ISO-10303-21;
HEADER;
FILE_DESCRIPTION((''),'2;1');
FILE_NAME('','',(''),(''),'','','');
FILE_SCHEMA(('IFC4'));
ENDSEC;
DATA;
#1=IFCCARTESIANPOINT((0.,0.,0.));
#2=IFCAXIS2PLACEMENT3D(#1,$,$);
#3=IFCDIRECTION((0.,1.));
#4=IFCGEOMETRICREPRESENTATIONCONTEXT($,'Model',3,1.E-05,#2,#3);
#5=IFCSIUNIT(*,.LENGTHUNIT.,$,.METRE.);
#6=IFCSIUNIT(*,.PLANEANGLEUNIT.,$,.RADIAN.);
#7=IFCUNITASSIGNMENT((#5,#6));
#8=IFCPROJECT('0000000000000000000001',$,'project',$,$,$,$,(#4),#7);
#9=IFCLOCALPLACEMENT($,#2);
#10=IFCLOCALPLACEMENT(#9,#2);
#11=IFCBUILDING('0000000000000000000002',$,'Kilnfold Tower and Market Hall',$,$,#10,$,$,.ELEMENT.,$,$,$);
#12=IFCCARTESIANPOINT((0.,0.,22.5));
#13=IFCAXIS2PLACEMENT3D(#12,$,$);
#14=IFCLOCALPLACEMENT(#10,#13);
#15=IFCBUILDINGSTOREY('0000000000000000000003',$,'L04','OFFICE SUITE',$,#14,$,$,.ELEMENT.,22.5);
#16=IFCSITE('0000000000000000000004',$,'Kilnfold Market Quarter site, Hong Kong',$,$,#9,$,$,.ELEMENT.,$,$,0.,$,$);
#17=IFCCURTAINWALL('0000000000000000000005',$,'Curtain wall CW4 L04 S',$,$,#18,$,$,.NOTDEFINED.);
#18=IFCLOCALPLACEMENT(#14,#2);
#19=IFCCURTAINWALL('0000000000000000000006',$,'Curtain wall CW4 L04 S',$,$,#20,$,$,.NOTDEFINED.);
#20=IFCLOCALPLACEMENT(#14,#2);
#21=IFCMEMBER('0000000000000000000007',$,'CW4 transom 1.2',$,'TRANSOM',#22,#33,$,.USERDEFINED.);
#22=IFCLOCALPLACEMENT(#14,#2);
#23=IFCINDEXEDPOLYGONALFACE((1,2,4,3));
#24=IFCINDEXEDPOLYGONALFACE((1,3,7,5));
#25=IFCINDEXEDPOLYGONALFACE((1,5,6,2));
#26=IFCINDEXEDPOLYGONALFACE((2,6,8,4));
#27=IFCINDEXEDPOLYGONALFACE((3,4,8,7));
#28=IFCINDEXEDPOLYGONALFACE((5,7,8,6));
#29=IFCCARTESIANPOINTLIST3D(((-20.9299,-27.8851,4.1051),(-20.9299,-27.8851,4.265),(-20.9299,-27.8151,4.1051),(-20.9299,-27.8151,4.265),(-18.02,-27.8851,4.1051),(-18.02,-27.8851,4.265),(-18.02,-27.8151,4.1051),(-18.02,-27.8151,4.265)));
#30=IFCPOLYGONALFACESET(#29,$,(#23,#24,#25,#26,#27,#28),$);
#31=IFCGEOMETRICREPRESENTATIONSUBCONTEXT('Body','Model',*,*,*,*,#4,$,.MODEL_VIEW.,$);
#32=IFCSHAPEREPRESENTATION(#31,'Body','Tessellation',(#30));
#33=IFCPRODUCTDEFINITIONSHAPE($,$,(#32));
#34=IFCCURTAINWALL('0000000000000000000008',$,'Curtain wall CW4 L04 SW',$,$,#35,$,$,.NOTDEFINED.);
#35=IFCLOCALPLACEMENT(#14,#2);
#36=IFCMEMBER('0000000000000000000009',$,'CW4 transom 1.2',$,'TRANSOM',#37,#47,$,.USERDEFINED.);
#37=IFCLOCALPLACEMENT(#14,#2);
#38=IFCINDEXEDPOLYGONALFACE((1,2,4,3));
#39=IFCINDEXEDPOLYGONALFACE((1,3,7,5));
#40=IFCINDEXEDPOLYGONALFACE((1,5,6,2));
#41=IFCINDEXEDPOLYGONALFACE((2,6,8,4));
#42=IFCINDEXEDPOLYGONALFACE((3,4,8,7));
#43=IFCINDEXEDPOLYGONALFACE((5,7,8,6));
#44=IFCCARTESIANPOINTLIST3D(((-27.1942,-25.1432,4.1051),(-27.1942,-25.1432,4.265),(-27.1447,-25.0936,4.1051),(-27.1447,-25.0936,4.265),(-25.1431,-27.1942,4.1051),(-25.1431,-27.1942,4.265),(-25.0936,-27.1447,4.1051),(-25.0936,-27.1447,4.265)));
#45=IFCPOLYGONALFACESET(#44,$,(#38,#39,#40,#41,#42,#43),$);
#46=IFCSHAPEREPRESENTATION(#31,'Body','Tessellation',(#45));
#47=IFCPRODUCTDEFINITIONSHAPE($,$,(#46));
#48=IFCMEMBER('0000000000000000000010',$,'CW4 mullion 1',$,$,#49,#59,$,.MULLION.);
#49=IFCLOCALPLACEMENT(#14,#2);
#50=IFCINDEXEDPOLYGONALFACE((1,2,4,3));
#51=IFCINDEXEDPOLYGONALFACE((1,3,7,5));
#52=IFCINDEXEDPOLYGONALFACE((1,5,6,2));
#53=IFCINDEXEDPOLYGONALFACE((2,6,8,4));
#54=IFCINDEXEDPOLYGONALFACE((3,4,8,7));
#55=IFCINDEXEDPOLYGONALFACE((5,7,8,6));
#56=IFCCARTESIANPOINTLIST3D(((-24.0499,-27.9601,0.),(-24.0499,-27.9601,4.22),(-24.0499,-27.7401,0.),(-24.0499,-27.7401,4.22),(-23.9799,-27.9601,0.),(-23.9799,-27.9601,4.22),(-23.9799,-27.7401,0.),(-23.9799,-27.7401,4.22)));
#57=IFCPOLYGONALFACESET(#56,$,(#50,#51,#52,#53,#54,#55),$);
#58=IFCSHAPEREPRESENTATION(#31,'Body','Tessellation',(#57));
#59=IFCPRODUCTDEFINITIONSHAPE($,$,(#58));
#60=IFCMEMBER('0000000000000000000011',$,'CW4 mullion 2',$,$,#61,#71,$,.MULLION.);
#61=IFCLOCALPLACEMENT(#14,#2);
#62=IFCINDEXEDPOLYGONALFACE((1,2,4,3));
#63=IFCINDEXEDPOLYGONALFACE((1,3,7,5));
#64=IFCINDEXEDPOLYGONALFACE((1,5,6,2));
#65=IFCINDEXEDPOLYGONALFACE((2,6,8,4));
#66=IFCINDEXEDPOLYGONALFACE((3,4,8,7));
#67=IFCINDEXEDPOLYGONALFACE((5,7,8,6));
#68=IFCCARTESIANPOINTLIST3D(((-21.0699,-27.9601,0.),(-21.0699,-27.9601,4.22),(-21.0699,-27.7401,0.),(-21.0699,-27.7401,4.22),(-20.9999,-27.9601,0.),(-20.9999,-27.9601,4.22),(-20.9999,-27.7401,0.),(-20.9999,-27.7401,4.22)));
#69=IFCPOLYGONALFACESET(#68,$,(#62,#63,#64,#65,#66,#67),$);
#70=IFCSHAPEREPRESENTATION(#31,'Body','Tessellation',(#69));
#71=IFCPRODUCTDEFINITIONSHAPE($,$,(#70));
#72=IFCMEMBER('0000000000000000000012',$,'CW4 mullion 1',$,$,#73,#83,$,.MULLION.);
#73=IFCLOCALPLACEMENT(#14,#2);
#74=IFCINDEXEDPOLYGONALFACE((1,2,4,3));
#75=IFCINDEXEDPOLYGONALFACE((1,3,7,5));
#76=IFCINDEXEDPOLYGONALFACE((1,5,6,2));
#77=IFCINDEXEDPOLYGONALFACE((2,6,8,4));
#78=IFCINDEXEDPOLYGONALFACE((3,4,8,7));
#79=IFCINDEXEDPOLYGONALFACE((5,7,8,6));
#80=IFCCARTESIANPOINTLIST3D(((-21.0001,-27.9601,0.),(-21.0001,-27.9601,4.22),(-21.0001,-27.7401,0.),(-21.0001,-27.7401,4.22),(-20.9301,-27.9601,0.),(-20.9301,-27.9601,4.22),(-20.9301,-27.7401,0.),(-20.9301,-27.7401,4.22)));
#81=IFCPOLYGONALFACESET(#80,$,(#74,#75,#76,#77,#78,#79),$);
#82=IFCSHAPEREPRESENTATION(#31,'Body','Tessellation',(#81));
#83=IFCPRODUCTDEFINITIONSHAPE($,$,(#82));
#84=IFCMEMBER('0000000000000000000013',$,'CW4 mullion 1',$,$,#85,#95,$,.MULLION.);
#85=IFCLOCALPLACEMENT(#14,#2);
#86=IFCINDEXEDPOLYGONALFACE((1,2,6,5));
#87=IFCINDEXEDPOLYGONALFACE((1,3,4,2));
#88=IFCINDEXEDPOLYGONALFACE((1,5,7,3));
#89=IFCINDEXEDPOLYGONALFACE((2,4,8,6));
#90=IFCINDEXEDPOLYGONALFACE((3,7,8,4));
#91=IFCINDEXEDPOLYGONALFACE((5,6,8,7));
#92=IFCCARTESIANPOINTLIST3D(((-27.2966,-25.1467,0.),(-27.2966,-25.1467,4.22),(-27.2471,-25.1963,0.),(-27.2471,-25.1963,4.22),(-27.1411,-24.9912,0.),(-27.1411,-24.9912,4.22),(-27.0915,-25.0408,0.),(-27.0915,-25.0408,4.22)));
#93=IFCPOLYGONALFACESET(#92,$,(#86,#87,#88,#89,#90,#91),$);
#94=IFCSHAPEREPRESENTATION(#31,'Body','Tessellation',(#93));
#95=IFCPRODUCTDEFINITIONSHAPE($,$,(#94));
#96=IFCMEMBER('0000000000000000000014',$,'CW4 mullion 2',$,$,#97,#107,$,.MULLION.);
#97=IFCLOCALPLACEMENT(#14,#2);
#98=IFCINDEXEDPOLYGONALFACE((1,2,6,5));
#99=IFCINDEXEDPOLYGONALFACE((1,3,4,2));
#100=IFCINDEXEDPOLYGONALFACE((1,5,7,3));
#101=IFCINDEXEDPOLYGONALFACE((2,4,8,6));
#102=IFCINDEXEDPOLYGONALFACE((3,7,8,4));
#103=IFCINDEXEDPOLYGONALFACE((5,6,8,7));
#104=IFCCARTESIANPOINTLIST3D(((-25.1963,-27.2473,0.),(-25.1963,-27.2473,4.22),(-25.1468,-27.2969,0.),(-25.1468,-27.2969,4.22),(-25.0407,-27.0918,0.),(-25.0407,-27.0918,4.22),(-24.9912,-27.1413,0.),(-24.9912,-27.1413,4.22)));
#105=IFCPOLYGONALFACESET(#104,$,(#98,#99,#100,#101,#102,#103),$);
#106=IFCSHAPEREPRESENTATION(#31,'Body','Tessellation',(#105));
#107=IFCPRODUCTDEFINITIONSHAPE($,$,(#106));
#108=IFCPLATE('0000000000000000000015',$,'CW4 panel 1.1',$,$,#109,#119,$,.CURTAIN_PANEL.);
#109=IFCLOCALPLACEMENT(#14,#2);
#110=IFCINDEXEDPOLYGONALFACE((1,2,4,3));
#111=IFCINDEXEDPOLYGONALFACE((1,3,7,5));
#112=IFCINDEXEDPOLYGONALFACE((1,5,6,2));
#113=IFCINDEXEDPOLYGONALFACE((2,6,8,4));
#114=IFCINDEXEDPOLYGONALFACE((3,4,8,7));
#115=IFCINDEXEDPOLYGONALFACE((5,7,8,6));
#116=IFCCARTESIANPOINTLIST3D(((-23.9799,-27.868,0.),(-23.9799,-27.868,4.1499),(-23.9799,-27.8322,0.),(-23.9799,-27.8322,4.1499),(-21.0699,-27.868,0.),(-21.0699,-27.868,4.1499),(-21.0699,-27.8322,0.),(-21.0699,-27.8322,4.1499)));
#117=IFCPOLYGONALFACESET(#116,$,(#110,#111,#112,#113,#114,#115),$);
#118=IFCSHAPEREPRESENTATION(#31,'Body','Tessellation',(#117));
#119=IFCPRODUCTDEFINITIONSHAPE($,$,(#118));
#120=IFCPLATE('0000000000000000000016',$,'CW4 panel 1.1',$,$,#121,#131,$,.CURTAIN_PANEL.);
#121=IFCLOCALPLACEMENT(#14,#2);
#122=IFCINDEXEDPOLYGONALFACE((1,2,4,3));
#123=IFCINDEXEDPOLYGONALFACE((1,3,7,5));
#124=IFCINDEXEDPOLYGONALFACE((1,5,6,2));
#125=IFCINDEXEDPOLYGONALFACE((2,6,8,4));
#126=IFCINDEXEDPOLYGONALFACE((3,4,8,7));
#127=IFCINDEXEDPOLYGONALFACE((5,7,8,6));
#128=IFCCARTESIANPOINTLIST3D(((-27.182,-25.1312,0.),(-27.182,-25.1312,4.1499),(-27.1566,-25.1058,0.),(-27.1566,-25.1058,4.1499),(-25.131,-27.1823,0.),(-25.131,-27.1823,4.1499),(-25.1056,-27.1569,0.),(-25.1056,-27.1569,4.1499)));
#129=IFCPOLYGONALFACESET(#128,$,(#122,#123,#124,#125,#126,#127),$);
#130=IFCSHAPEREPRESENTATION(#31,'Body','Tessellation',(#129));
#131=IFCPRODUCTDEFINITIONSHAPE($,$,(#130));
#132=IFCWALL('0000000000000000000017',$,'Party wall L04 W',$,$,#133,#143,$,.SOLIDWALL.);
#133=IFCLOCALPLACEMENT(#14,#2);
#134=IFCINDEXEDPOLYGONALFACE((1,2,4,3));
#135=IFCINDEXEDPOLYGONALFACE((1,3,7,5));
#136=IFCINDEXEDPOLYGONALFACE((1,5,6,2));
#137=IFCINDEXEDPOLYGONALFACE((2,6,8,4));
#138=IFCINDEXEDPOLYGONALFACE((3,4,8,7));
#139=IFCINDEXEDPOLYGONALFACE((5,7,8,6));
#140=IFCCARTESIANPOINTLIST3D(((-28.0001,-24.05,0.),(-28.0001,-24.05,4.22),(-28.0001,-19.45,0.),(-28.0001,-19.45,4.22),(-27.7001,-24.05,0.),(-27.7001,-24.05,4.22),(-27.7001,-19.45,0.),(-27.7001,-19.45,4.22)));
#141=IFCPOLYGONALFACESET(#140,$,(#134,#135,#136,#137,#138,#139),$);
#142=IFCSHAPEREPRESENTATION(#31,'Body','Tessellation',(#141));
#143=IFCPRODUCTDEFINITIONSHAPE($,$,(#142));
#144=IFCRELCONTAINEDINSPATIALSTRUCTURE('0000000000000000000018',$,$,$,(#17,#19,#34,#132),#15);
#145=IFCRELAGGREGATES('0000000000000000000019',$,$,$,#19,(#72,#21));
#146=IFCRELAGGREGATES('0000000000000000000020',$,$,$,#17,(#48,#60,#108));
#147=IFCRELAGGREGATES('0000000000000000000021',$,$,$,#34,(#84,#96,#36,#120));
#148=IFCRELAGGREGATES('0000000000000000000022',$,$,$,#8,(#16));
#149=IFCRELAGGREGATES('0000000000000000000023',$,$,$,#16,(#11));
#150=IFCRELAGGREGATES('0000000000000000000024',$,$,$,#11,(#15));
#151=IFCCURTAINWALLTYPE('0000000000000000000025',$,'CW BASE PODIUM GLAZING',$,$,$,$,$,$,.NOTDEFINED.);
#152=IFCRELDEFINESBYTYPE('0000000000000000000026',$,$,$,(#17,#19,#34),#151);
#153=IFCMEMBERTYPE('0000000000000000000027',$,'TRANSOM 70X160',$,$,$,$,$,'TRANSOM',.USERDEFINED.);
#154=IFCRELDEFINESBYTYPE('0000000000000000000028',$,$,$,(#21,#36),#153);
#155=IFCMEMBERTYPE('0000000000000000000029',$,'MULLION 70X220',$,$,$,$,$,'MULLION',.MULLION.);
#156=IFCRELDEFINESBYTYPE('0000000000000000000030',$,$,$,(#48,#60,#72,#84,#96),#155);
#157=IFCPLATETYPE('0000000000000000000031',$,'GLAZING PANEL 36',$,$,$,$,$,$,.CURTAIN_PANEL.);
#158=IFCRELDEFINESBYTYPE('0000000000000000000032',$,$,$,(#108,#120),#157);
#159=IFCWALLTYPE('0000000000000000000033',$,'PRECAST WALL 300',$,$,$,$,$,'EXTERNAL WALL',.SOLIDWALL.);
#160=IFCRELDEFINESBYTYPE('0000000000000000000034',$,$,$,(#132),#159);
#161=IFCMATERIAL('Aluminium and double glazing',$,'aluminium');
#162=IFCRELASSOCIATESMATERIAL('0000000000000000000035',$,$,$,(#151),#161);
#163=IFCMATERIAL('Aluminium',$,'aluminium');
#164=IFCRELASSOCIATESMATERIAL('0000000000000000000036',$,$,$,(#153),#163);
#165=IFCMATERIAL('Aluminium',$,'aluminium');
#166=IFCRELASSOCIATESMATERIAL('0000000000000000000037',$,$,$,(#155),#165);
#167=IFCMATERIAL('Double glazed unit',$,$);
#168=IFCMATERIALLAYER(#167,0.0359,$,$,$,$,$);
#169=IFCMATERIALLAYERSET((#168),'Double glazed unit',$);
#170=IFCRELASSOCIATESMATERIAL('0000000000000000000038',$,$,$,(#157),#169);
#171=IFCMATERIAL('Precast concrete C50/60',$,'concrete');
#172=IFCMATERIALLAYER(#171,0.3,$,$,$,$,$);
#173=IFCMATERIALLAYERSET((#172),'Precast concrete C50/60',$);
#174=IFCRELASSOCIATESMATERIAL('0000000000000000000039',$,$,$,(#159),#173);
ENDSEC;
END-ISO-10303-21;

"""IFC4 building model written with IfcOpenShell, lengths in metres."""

from ifc_helpers import new_model, si_unit, direction, frame, frame_2d, origin, origin_2d, place, context, subcontext, project, spatial, rectangle, extrude, source, transform, mapped, material, layer, layer_set, material_profile, profile_set, type_object, element, aggregate, save


model = new_model("IFC4")

# Units and contexts
model_context = context("Model", 3, precision=1e-05, world=origin(), true_north=direction((0.0, 1.0)))
body_context = subcontext(model_context, "Body", "Model", "MODEL_VIEW")
ifc_project = project(units=[si_unit("LENGTHUNIT", "METRE"), si_unit("PLANEANGLEUNIT", "RADIAN")], contexts=[model_context])

# Site, building, storey
site_placement = place(None, origin())
site = spatial("IfcSite", under=ifc_project, at=site_placement, Name="Kilnfold Market Quarter site, Hong Kong", CompositionType="ELEMENT", RefElevation=0.0)
building_placement = place(site_placement, origin())
building = spatial("IfcBuilding", under=site, at=building_placement, Name="Kilnfold Tower and Market Hall", CompositionType="ELEMENT")
storey_placement = place(building_placement, frame((0.0, 0.0, 22.5)))
storey = spatial("IfcBuildingStorey", under=building, at=storey_placement, Name="L04", Description="OFFICE SUITE", CompositionType="ELEMENT", Elevation=22.5)

# Curtain walls, members
ifc_material_1 = material(Name="Aluminium and double glazing", Category="aluminium")
curtain_wall_type = type_object("IfcCurtainWallType", Name="CW BASE PODIUM GLAZING", PredefinedType="NOTDEFINED", material=ifc_material_1)
curtain_wall_1_placement = place(storey_placement, origin())
curtain_wall_1 = element("IfcCurtainWall", 1, at=curtain_wall_1_placement, inside=storey, type_object=curtain_wall_type, Name="Curtain wall CW4 L04 S", PredefinedType="NOTDEFINED")
ifc_material_2 = material(Name="Aluminium", Category="aluminium")
ifc_material_profile_1 = material_profile(ifc_material_2, rectangle(XDim=0.0701, YDim=0.1599, at=origin_2d()), Name="TRANSOM 70x160")
ifc_profile_set_1 = profile_set([ifc_material_profile_1], Name="Aluminium")
member_type_1 = type_object("IfcMemberType", Name="TRANSOM 70X160", ElementType="TRANSOM", PredefinedType="USERDEFINED", material=ifc_profile_set_1)
shared_shape_1 = source(origin(), body_context, "Body", "SweptSolid", [
    extrude(rectangle(XDim=0.0701, YDim=0.1599, at=origin_2d()), origin(), (0.0, 0.0, 1.0), 2.9099),
])
curtain_wall_2_placement = place(storey_placement, origin())
curtain_wall_2 = element("IfcCurtainWall", 2, at=curtain_wall_2_placement, inside=storey, type_object=curtain_wall_type, Name="Curtain wall CW4 L04 S", PredefinedType="NOTDEFINED")
member_1_placement = place(storey_placement, frame((-20.9299, -27.8501, 4.1851), z_axis=(1.0, 0.0, 0.0), x_axis=(0.0, 1.0, 0.0)))
member_1 = element("IfcMember", 3, at=member_1_placement, type_object=member_type_1, Name="CW4 transom 1.2", ObjectType="TRANSOM", PredefinedType="USERDEFINED", context=body_context, shape_type="MappedRepresentation", body=[
    mapped(shared_shape_1, transform((0.0, 0.0, 0.0))),
])
curtain_wall_3_placement = place(storey_placement, origin())
curtain_wall_3 = element("IfcCurtainWall", 4, at=curtain_wall_3_placement, inside=storey, type_object=curtain_wall_type, Name="Curtain wall CW4 L04 SW", PredefinedType="NOTDEFINED")
shared_shape_2 = source(origin(), body_context, "Body", "SweptSolid", [
    extrude(rectangle(XDim=0.0701, YDim=0.1599, at=origin_2d()), origin(), (0.0, 0.0, 1.0), 2.9006),
])
member_2_placement = place(storey_placement, frame((-27.1694, -25.1184, 4.1851), z_axis=(0.707107, -0.707107, 0.0), x_axis=(0.707107, 0.707107, 0.0)))
member_2 = element("IfcMember", 5, at=member_2_placement, type_object=member_type_1, Name="CW4 transom 1.2", ObjectType="TRANSOM", PredefinedType="USERDEFINED", context=body_context, shape_type="MappedRepresentation", body=[
    mapped(shared_shape_2, transform((0.0, 0.0, 0.0))),
])

# Members
ifc_material_3 = material(Name="Aluminium", Category="aluminium")
ifc_material_profile_2 = material_profile(ifc_material_3, rectangle(XDim=0.0701, YDim=0.22, at=origin_2d()), Name="MULLION 70x220")
ifc_profile_set_2 = profile_set([ifc_material_profile_2], Name="Aluminium")
member_type_2 = type_object("IfcMemberType", Name="MULLION 70X220", ElementType="MULLION", PredefinedType="MULLION", material=ifc_profile_set_2)
shared_shape_3 = source(origin(), body_context, "Body", "SweptSolid", [
    extrude(rectangle(XDim=0.0701, YDim=0.22, at=origin_2d()), origin(), (0.0, 0.0, 1.0), 4.22),
])
member_3_placement = place(storey_placement, frame((-24.0149, -27.8501, 0.0), z_axis=(0.0, 0.0, 1.0), x_axis=(1.0, 0.0, 0.0)))
member_3 = element("IfcMember", 6, at=member_3_placement, type_object=member_type_2, Name="CW4 mullion 1", PredefinedType="MULLION", context=body_context, shape_type="MappedRepresentation", body=[
    mapped(shared_shape_3, transform((0.0, 0.0, 0.0))),
])
member_4_placement = place(storey_placement, frame((-21.0349, -27.8501, 0.0), z_axis=(0.0, 0.0, 1.0), x_axis=(1.0, 0.0, 0.0)))
member_4 = element("IfcMember", 7, at=member_4_placement, type_object=member_type_2, Name="CW4 mullion 2", PredefinedType="MULLION", context=body_context, shape_type="MappedRepresentation", body=[
    mapped(shared_shape_3, transform((0.0, 0.0, 0.0))),
])
member_5_placement = place(storey_placement, frame((-20.9651, -27.8501, 0.0), z_axis=(0.0, 0.0, 1.0), x_axis=(1.0, 0.0, 0.0)))
member_5 = element("IfcMember", 8, at=member_5_placement, type_object=member_type_2, Name="CW4 mullion 1", PredefinedType="MULLION", context=body_context, shape_type="MappedRepresentation", body=[
    mapped(shared_shape_3, transform((0.0, 0.0, 0.0))),
])
aggregate(curtain_wall_2, [member_5, member_1])
member_6_placement = place(storey_placement, frame((-27.1941, -25.0938, 0.0), z_axis=(0.0, 0.0, 1.0), x_axis=(0.70709, -0.707123, 0.0)))
member_6 = element("IfcMember", 9, at=member_6_placement, type_object=member_type_2, Name="CW4 mullion 1", PredefinedType="MULLION", context=body_context, shape_type="MappedRepresentation", body=[
    mapped(shared_shape_3, transform((0.0, 0.0, 0.0))),
])
member_7_placement = place(storey_placement, frame((-25.0938, -27.1943, 0.0), z_axis=(0.0, 0.0, 1.0), x_axis=(0.70709, -0.707123, 0.0)))
member_7 = element("IfcMember", 10, at=member_7_placement, type_object=member_type_2, Name="CW4 mullion 2", PredefinedType="MULLION", context=body_context, shape_type="MappedRepresentation", body=[
    mapped(shared_shape_3, transform((0.0, 0.0, 0.0))),
])

# Plates
ifc_material_4 = material(Name="Double glazed unit")
ifc_layer_1 = layer(ifc_material_4, 0.0359)
ifc_layer_set_1 = layer_set([ifc_layer_1], Name="Double glazed unit")
plate_type = type_object("IfcPlateType", Name="GLAZING PANEL 36", PredefinedType="CURTAIN_PANEL", material=ifc_layer_set_1)
shared_shape_4 = source(origin(), body_context, "Body", "SweptSolid", [
    extrude(rectangle(XDim=2.9099, YDim=0.0359, at=origin_2d()), origin(), (0.0, 0.0, 1.0), 4.1499),
])
plate_1_placement = place(storey_placement, frame((-22.5249, -27.8501, 0.0), z_axis=(0.0, 0.0, 1.0), x_axis=(1.0, 0.0, 0.0)))
plate_1 = element("IfcPlate", 11, at=plate_1_placement, type_object=plate_type, Name="CW4 panel 1.1", PredefinedType="CURTAIN_PANEL", context=body_context, shape_type="MappedRepresentation", body=[
    mapped(shared_shape_4, transform((0.0, 0.0, 0.0))),
])
aggregate(curtain_wall_1, [member_3, member_4, plate_1])
shared_shape_5 = source(origin(), body_context, "Body", "SweptSolid", [
    extrude(rectangle(XDim=2.9006, YDim=0.0359, at=origin_2d()), origin(), (0.0, 0.0, 1.0), 4.1499),
])
plate_2_placement = place(storey_placement, frame((-26.1438, -26.144, 0.0), z_axis=(0.0, 0.0, 1.0), x_axis=(0.70709, -0.707123, 0.0)))
plate_2 = element("IfcPlate", 12, at=plate_2_placement, type_object=plate_type, Name="CW4 panel 1.1", PredefinedType="CURTAIN_PANEL", context=body_context, shape_type="MappedRepresentation", body=[
    mapped(shared_shape_5, transform((0.0, 0.0, 0.0))),
])
aggregate(curtain_wall_3, [member_6, member_7, member_2, plate_2])

# Wall
ifc_material_5 = material(Name="Precast concrete C50/60", Category="concrete")
ifc_layer_2 = layer(ifc_material_5, 0.3)
ifc_layer_set_2 = layer_set([ifc_layer_2], Name="Precast concrete C50/60")
wall_type_1 = type_object("IfcWallType", Name="PRECAST WALL 300", ElementType="EXTERNAL WALL", PredefinedType="SOLIDWALL", material=ifc_layer_set_2)
shared_shape_6 = source(origin(), body_context, "Body", "SweptSolid", [
    extrude(rectangle(XDim=4.6001, YDim=0.3, at=frame_2d((2.3, 0.0))), origin(), (0.0, 0.0, 1.0), 4.22),
])
wall_1_placement = place(storey_placement, frame((-27.8501, -19.45, 0.0), z_axis=(0.0, 0.0, 1.0), x_axis=(0.0, -1.0, 0.0)))
element("IfcWall", 13, at=wall_1_placement, inside=storey, type_object=wall_type_1, Name="Party wall L04 W", PredefinedType="SOLIDWALL", context=body_context, shape_type="MappedRepresentation", body=[
    mapped(shared_shape_6, transform((0.0, 0.0, 0.0))),
])

save(model, "model.ifc")
